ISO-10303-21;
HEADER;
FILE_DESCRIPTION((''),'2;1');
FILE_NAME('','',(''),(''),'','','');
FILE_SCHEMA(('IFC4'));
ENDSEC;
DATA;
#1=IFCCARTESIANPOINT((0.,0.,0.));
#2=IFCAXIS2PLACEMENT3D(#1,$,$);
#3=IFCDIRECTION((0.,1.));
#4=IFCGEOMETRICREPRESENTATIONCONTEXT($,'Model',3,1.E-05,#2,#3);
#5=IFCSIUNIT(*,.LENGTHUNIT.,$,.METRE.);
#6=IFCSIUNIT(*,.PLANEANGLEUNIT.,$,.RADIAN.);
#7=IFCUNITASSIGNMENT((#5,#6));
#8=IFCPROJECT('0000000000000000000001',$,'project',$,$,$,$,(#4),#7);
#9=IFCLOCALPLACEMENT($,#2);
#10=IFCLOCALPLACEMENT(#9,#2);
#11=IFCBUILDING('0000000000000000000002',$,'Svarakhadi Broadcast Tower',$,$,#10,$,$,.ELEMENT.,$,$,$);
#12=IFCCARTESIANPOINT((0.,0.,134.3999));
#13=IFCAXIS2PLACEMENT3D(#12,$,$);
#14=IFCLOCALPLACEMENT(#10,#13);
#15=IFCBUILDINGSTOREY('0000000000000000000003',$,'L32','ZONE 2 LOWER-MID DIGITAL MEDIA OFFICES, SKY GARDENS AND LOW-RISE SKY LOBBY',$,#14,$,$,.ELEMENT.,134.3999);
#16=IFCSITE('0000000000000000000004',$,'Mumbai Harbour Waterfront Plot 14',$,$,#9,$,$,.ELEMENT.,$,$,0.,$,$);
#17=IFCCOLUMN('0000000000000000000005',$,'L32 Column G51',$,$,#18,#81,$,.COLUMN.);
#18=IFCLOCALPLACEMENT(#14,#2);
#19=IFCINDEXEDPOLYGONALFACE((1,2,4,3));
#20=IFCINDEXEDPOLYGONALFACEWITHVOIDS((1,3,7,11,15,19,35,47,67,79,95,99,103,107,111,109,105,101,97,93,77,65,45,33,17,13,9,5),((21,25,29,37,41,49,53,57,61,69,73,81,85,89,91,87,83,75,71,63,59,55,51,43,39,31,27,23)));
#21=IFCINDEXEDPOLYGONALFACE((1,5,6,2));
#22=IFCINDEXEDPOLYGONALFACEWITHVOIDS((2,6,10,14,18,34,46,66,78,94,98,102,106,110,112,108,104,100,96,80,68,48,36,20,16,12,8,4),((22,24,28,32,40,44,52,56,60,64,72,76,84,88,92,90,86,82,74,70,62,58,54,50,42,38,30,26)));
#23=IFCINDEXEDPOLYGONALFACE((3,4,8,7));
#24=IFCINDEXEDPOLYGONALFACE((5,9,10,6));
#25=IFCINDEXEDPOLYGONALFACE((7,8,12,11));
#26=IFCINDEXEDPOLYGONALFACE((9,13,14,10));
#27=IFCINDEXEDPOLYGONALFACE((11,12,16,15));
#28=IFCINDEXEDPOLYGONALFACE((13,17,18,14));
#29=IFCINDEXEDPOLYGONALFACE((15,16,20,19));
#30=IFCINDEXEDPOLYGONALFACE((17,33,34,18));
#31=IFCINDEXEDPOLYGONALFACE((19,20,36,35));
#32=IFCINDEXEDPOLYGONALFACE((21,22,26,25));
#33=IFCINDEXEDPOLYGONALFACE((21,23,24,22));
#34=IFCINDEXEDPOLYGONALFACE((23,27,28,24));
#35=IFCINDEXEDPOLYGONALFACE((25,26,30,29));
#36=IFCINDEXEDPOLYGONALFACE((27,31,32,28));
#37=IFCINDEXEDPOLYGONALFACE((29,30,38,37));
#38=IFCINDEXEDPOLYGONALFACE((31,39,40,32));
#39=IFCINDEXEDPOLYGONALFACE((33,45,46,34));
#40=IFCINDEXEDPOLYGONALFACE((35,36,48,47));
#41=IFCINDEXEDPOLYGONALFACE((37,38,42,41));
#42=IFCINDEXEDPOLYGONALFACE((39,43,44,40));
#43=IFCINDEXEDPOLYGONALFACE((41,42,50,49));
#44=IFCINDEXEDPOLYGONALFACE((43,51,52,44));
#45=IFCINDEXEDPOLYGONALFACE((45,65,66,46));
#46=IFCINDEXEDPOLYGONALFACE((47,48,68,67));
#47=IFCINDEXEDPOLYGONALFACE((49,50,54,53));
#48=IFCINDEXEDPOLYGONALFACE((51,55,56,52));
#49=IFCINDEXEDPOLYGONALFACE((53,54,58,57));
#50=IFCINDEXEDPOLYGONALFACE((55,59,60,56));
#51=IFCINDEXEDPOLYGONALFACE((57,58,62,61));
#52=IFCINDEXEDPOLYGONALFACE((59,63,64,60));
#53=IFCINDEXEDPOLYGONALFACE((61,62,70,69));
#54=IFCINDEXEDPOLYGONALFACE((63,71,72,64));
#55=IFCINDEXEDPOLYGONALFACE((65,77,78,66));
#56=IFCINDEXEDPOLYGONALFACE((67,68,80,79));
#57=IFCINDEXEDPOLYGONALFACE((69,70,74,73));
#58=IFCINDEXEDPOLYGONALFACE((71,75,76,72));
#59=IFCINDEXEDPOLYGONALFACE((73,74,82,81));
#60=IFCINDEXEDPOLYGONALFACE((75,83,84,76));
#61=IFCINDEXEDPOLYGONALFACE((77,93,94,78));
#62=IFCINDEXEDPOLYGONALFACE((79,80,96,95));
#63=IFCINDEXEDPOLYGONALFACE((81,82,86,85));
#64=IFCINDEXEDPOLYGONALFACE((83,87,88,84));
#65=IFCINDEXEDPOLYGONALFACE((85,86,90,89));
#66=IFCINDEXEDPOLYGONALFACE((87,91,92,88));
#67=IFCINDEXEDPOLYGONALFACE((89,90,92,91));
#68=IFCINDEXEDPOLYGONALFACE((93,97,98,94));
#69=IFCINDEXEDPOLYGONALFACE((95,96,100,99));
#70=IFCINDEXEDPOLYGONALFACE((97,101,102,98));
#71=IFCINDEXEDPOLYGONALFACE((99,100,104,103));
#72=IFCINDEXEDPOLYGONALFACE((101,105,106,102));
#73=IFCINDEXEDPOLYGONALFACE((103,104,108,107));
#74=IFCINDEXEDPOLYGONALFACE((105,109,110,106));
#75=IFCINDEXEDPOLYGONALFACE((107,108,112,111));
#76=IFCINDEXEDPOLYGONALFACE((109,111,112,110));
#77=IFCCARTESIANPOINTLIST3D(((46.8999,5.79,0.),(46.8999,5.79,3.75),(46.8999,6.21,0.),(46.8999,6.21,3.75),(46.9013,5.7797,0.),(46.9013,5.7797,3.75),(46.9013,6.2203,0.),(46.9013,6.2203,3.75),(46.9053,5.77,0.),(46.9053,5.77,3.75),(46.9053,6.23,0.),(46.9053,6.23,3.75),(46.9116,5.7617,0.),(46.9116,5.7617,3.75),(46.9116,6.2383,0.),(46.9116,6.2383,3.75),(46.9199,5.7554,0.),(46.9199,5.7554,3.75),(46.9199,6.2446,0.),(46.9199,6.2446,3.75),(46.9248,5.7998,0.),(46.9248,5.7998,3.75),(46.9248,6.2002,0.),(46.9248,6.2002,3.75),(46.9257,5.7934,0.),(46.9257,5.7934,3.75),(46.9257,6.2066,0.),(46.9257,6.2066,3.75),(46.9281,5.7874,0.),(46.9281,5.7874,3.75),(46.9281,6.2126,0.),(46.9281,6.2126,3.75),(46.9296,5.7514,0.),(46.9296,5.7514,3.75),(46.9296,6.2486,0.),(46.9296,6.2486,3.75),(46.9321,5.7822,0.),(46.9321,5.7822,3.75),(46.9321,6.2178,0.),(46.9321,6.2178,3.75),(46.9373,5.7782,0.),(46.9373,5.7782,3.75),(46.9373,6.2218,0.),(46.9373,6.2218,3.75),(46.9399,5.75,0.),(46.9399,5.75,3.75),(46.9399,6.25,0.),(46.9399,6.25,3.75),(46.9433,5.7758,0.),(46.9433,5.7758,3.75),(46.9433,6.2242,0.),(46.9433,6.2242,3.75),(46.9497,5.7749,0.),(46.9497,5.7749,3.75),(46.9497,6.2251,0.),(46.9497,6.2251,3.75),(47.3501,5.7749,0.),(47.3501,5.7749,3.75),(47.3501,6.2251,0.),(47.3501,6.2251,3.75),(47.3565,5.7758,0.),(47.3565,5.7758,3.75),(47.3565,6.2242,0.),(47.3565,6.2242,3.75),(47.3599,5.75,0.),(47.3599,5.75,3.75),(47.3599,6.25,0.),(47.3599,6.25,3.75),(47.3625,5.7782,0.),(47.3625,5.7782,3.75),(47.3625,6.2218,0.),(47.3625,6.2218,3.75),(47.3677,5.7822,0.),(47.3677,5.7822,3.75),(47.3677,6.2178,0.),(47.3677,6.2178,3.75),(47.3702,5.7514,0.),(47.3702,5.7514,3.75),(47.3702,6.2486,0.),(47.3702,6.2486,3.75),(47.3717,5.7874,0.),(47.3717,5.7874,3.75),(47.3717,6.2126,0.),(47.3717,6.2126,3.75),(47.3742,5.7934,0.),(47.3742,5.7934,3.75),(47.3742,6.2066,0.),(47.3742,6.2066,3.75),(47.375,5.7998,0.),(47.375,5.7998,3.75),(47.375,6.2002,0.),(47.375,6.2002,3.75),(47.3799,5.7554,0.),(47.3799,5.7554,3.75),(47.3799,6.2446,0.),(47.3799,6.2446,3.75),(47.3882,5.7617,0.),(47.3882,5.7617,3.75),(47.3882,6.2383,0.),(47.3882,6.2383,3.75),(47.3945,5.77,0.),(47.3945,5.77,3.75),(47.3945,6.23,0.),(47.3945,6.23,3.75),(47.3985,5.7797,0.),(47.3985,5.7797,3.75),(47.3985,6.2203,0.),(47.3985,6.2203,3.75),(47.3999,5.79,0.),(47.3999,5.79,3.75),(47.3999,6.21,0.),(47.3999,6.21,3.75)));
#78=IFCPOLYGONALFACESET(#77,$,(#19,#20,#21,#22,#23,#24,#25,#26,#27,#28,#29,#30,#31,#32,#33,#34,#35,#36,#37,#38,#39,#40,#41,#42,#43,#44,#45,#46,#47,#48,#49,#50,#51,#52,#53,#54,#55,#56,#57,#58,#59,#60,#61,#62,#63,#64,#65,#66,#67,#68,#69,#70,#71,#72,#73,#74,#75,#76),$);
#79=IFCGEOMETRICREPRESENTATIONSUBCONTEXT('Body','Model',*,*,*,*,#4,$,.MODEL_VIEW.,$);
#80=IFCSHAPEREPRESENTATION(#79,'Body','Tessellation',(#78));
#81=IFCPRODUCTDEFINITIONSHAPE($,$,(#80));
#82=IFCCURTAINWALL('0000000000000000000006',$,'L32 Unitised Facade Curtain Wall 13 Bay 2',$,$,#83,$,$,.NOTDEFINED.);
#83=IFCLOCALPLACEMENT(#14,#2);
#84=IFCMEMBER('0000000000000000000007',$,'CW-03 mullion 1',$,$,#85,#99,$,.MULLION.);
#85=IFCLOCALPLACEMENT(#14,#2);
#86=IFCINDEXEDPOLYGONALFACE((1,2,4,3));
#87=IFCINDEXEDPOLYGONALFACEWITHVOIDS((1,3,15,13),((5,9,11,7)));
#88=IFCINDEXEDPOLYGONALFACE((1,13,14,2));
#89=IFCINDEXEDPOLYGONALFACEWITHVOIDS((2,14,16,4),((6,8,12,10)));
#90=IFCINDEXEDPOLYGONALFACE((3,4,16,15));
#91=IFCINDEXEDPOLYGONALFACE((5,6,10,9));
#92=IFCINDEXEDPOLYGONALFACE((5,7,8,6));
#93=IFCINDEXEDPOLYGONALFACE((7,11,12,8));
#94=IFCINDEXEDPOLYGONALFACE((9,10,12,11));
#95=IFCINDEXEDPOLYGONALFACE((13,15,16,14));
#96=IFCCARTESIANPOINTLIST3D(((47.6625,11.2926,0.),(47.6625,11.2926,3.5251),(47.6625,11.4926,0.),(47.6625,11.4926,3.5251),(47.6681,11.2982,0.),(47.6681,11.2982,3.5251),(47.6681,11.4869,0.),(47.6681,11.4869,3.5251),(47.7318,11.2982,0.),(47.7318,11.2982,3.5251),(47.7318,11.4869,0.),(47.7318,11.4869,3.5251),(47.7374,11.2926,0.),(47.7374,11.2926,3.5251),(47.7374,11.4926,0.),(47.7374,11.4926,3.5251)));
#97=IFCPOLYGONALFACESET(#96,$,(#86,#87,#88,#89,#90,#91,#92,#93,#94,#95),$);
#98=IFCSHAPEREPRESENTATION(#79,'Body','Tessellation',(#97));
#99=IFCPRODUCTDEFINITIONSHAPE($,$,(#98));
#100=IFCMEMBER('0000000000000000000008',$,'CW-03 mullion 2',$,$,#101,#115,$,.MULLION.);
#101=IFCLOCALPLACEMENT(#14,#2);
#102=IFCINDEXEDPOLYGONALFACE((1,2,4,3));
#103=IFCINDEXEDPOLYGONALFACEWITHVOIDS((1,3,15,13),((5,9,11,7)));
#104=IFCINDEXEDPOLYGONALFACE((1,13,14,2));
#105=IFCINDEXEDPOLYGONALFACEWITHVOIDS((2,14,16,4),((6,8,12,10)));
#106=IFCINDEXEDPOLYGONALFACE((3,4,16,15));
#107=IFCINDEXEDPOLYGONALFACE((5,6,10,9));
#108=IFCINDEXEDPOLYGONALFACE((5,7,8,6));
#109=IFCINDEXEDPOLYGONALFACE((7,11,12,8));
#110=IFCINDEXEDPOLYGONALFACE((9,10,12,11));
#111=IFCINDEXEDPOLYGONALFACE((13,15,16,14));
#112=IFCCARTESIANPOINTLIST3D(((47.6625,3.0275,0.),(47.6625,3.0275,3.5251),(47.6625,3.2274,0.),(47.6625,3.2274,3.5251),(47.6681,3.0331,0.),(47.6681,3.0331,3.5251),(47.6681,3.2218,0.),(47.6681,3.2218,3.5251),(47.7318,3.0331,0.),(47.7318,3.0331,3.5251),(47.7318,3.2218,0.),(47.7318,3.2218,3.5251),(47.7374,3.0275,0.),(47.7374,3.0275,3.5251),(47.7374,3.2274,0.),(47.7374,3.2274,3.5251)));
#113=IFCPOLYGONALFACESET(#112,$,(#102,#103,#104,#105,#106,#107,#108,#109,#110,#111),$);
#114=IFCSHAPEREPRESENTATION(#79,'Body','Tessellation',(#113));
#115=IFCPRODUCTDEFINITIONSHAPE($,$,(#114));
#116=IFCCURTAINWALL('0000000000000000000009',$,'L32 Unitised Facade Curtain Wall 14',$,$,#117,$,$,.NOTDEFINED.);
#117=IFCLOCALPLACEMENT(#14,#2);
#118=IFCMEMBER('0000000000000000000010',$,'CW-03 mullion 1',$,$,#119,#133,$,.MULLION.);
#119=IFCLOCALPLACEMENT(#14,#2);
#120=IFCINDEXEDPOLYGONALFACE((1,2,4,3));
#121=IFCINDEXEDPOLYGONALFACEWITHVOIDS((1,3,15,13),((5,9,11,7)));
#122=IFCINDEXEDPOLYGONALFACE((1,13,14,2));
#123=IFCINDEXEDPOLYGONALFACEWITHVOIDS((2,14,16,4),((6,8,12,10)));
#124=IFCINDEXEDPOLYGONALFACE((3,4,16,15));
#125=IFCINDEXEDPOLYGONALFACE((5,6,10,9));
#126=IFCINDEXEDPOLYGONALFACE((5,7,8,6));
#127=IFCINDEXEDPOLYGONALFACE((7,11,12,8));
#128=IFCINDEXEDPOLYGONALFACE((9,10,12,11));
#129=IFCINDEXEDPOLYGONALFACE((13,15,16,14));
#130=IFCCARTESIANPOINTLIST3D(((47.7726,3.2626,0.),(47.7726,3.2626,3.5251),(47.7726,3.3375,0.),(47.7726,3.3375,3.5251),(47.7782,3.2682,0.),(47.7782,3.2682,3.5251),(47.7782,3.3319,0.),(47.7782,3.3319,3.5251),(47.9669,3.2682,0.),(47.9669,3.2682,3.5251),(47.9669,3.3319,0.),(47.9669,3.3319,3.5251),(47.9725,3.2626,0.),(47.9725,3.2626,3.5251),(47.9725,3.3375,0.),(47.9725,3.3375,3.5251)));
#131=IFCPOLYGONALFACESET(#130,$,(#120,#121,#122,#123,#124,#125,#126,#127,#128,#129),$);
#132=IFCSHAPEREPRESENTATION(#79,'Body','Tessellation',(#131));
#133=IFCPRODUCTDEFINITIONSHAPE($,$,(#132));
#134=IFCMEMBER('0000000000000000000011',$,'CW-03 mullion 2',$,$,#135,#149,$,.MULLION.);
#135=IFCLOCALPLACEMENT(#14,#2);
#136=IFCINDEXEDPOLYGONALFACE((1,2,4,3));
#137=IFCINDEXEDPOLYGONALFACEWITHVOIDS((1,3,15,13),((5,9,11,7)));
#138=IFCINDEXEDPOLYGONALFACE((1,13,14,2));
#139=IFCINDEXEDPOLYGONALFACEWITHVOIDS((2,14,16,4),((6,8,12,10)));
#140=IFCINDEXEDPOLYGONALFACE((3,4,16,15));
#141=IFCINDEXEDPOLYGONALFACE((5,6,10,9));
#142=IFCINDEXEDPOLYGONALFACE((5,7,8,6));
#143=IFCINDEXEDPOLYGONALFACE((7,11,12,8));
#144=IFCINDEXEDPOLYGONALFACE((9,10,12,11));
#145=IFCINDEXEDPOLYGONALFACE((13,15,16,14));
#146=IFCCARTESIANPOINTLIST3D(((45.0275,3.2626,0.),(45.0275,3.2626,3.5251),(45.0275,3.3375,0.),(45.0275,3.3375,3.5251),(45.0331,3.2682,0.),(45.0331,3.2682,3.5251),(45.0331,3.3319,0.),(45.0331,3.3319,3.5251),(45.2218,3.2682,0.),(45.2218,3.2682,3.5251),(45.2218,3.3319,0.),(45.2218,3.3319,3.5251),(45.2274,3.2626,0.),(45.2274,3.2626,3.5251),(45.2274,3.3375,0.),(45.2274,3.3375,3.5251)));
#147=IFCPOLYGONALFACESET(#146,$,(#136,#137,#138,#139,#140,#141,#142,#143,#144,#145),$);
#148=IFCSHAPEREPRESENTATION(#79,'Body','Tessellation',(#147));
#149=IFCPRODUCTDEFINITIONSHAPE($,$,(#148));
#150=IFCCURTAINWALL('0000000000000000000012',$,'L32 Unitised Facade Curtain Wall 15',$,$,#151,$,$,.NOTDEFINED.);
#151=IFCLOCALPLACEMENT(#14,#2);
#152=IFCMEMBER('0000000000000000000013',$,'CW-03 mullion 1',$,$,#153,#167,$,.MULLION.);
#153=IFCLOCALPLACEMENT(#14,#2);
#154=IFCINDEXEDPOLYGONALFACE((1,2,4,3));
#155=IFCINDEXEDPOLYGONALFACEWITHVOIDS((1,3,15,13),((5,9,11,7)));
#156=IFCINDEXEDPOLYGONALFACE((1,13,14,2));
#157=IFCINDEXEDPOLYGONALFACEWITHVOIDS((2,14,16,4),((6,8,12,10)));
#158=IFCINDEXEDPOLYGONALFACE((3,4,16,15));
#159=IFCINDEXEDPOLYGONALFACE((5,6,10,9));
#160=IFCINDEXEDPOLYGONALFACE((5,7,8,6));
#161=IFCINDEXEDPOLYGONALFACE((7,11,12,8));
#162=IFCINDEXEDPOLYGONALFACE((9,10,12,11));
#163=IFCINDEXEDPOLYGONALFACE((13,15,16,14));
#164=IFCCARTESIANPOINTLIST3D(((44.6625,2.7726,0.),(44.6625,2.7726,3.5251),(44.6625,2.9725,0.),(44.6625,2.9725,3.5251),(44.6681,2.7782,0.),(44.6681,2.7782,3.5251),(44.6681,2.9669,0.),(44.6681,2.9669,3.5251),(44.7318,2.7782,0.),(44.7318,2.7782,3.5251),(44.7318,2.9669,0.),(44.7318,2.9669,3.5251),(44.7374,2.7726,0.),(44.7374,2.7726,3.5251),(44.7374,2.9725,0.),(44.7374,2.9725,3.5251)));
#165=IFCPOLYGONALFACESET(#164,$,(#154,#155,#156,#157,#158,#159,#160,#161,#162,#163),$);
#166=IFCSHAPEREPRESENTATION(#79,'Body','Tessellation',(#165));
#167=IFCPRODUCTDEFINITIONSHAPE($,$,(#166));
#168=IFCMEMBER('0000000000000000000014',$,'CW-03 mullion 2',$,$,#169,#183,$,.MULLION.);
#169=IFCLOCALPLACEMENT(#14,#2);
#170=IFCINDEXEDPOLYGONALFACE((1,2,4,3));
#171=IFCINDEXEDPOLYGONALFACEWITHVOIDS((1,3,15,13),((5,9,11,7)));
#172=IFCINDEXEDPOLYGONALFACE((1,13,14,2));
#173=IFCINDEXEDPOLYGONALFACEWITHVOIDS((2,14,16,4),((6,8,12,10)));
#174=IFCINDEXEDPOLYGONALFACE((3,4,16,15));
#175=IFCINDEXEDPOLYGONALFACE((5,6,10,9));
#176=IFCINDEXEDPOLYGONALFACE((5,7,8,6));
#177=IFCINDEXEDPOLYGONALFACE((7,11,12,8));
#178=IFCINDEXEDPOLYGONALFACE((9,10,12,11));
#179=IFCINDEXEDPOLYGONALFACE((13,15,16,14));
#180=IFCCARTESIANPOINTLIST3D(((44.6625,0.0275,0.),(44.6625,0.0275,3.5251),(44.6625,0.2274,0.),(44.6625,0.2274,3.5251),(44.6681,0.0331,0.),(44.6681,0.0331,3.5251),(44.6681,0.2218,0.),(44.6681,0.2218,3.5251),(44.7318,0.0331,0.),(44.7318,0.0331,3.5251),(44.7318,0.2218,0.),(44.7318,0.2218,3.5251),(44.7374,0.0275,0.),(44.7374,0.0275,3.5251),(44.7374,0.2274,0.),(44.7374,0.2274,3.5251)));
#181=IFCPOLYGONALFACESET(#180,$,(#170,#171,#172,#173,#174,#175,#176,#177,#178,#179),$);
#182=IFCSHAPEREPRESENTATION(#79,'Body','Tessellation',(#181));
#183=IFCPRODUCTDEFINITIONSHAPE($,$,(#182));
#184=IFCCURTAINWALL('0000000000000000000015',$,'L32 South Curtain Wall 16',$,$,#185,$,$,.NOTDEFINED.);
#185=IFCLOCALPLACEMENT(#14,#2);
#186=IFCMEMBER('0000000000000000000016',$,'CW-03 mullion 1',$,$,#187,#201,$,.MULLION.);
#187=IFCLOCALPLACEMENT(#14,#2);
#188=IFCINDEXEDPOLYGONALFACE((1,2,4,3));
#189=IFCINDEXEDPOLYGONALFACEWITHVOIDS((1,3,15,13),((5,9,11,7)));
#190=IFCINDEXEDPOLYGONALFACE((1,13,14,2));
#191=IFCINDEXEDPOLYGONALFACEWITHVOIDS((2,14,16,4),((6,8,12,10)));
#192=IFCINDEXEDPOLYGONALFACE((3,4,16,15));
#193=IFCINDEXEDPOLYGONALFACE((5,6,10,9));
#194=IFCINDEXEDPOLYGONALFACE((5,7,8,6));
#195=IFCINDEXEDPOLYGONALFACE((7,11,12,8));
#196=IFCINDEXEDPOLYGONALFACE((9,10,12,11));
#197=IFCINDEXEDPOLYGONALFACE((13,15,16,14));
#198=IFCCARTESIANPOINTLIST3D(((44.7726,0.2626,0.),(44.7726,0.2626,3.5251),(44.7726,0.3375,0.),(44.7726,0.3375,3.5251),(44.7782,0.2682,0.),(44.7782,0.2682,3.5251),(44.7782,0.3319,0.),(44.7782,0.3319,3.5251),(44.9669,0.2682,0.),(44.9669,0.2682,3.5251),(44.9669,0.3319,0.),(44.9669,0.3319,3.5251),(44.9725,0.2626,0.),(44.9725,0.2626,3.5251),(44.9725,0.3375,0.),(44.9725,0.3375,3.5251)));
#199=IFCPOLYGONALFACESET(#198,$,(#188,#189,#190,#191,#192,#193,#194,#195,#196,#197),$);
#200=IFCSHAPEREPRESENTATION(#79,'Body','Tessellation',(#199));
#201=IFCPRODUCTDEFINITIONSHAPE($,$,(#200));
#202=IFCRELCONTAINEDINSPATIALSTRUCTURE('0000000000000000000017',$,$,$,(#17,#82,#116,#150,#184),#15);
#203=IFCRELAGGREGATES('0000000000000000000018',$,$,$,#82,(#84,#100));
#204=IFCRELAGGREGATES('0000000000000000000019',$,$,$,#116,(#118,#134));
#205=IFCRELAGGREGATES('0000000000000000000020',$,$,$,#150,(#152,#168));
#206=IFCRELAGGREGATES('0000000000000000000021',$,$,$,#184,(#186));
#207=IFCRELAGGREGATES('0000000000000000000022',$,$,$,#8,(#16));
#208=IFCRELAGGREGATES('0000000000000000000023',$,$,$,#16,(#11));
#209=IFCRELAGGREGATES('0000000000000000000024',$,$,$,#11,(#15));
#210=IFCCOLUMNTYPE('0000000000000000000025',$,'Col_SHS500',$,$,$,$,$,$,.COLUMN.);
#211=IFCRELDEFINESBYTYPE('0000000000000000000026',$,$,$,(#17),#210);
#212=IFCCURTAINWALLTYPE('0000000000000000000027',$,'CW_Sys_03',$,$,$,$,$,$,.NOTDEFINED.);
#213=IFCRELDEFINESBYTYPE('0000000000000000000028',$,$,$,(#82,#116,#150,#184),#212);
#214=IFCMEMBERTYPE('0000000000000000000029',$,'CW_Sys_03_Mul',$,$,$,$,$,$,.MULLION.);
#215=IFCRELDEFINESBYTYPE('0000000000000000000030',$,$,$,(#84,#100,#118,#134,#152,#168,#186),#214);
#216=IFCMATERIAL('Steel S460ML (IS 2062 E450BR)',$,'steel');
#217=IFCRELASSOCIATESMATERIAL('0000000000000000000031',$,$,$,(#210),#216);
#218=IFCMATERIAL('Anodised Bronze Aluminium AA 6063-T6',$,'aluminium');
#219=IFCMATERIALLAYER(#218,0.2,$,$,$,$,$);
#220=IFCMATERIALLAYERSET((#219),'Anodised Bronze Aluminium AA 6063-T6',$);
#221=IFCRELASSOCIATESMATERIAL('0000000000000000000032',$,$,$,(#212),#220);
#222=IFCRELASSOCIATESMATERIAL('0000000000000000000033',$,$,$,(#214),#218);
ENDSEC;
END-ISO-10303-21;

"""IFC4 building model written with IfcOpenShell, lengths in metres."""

from ifc_helpers import new_model, si_unit, direction, frame, origin, origin_2d, place, context, subcontext, project, spatial, hollow_rectangle, extrude, material, layer, layer_set, material_profile, profile_set, type_object, element, aggregate, save


model = new_model("IFC4")

# Units and contexts
model_context = context("Model", 3, precision=1e-05, world=origin(), true_north=direction((0.0, 1.0)))
body_context = subcontext(model_context, "Body", "Model", "MODEL_VIEW")
ifc_project = project(units=[si_unit("LENGTHUNIT", "METRE"), si_unit("PLANEANGLEUNIT", "RADIAN")], contexts=[model_context])

# Site, building, storey
site_placement = place(None, origin())
site = spatial("IfcSite", under=ifc_project, at=site_placement, Name="Mumbai Harbour Waterfront Plot 14", CompositionType="ELEMENT", RefElevation=0.0)
building_placement = place(site_placement, origin())
building = spatial("IfcBuilding", under=site, at=building_placement, Name="Svarakhadi Broadcast Tower", CompositionType="ELEMENT")
storey_placement = place(building_placement, frame((0.0, 0.0, 134.3999)))
storey = spatial("IfcBuildingStorey", under=building, at=storey_placement, Name="L32", Description="ZONE 2 LOWER-MID DIGITAL MEDIA OFFICES, SKY GARDENS AND LOW-RISE SKY LOBBY", CompositionType="ELEMENT", Elevation=134.3999)

# Column
ifc_material_1 = material(Name="Steel S460ML (IS 2062 E450BR)", Category="steel")
ifc_material_profile_1 = material_profile(ifc_material_1, hollow_rectangle(XDim=0.5, YDim=0.5, WallThickness=0.0249, InnerFilletRadius=0.0249, OuterFilletRadius=0.04, at=origin_2d()), Name="SHS 500x500x25")
ifc_profile_set_1 = profile_set([ifc_material_profile_1], Name="Steel S460ML (IS 2062 E450BR)")
column_type = type_object("IfcColumnType", Name="Col_SHS500", PredefinedType="COLUMN", material=ifc_profile_set_1)
column_placement = place(storey_placement, frame((47.1499, 6.0, 0.0), z_axis=(0.0, 0.0, 1.0), x_axis=(1.0, 0.0, 0.0)))
element("IfcColumn", 1, at=column_placement, inside=storey, type_object=column_type, Name="L32 Column G51", PredefinedType="COLUMN", context=body_context, shape_type="SweptSolid", body=[
    extrude(hollow_rectangle(XDim=0.5, YDim=0.5, WallThickness=0.0249, InnerFilletRadius=0.0249, OuterFilletRadius=0.04, at=origin_2d()), origin(), (0.0, 0.0, 1.0), 3.75),
])

# Curtain walls, members
ifc_material_2 = material(Name="Anodised Bronze Aluminium AA 6063-T6", Category="aluminium")
ifc_layer_1 = layer(ifc_material_2, 0.2)
ifc_layer_set_1 = layer_set([ifc_layer_1], Name="Anodised Bronze Aluminium AA 6063-T6")
curtain_wall_type = type_object("IfcCurtainWallType", Name="CW_Sys_03", PredefinedType="NOTDEFINED", material=ifc_layer_set_1)
curtain_wall_1_placement = place(storey_placement, origin())
curtain_wall_1 = element("IfcCurtainWall", 2, at=curtain_wall_1_placement, inside=storey, type_object=curtain_wall_type, Name="L32 Unitised Facade Curtain Wall 13 Bay 2", PredefinedType="NOTDEFINED")
ifc_material_profile_2 = material_profile(ifc_material_2, hollow_rectangle(XDim=0.075, YDim=0.2, WallThickness=0.0056, at=origin_2d()), Name="ALU MULLION 200x75x6")
ifc_profile_set_2 = profile_set([ifc_material_profile_2], Name="Anodised Bronze Aluminium AA 6063-T6")
member_type_1 = type_object("IfcMemberType", Name="CW_Sys_03_Mul", PredefinedType="MULLION", material=ifc_profile_set_2)
member_1_placement = place(storey_placement, frame((47.7, 11.3926, 0.0), z_axis=(0.0, 0.0, 1.0), x_axis=(1.0, 0.0, 0.0)))
member_1 = element("IfcMember", 3, at=member_1_placement, type_object=member_type_1, Name="CW-03 mullion 1", PredefinedType="MULLION", context=body_context, shape_type="SweptSolid", body=[
    extrude(hollow_rectangle(XDim=0.075, YDim=0.2, WallThickness=0.0056, at=origin_2d()), origin(), (0.0, 0.0, 1.0), 3.5251),
])
member_2_placement = place(storey_placement, frame((47.7, 3.1274, 0.0), z_axis=(0.0, 0.0, 1.0), x_axis=(1.0, 0.0, 0.0)))
member_2 = element("IfcMember", 4, at=member_2_placement, type_object=member_type_1, Name="CW-03 mullion 2", PredefinedType="MULLION", context=body_context, shape_type="SweptSolid", body=[
    extrude(hollow_rectangle(XDim=0.075, YDim=0.2, WallThickness=0.0056, at=origin_2d()), origin(), (0.0, 0.0, 1.0), 3.5251),
])
curtain_wall_2_placement = place(storey_placement, origin())
curtain_wall_2 = element("IfcCurtainWall", 5, at=curtain_wall_2_placement, inside=storey, type_object=curtain_wall_type, Name="L32 Unitised Facade Curtain Wall 14", PredefinedType="NOTDEFINED")
member_3_placement = place(storey_placement, frame((47.8726, 3.3, 0.0), z_axis=(0.0, 0.0, 1.0), x_axis=(0.0, -1.0, 0.0)))
member_3 = element("IfcMember", 6, at=member_3_placement, type_object=member_type_1, Name="CW-03 mullion 1", PredefinedType="MULLION", context=body_context, shape_type="SweptSolid", body=[
    extrude(hollow_rectangle(XDim=0.075, YDim=0.2, WallThickness=0.0056, at=origin_2d()), origin(), (0.0, 0.0, 1.0), 3.5251),
])
member_4_placement = place(storey_placement, frame((45.1274, 3.3, 0.0), z_axis=(0.0, 0.0, 1.0), x_axis=(0.0, -1.0, 0.0)))
member_4 = element("IfcMember", 7, at=member_4_placement, type_object=member_type_1, Name="CW-03 mullion 2", PredefinedType="MULLION", context=body_context, shape_type="SweptSolid", body=[
    extrude(hollow_rectangle(XDim=0.075, YDim=0.2, WallThickness=0.0056, at=origin_2d()), origin(), (0.0, 0.0, 1.0), 3.5251),
])
curtain_wall_3_placement = place(storey_placement, origin())
curtain_wall_3 = element("IfcCurtainWall", 8, at=curtain_wall_3_placement, inside=storey, type_object=curtain_wall_type, Name="L32 Unitised Facade Curtain Wall 15", PredefinedType="NOTDEFINED")
member_5_placement = place(storey_placement, frame((44.7, 2.8726, 0.0), z_axis=(0.0, 0.0, 1.0), x_axis=(1.0, 0.0, 0.0)))
member_5 = element("IfcMember", 9, at=member_5_placement, type_object=member_type_1, Name="CW-03 mullion 1", PredefinedType="MULLION", context=body_context, shape_type="SweptSolid", body=[
    extrude(hollow_rectangle(XDim=0.075, YDim=0.2, WallThickness=0.0056, at=origin_2d()), origin(), (0.0, 0.0, 1.0), 3.5251),
])
member_6_placement = place(storey_placement, frame((44.7, 0.1274, 0.0), z_axis=(0.0, 0.0, 1.0), x_axis=(1.0, 0.0, 0.0)))
member_6 = element("IfcMember", 10, at=member_6_placement, type_object=member_type_1, Name="CW-03 mullion 2", PredefinedType="MULLION", context=body_context, shape_type="SweptSolid", body=[
    extrude(hollow_rectangle(XDim=0.075, YDim=0.2, WallThickness=0.0056, at=origin_2d()), origin(), (0.0, 0.0, 1.0), 3.5251),
])
curtain_wall_4_placement = place(storey_placement, origin())
curtain_wall_4 = element("IfcCurtainWall", 11, at=curtain_wall_4_placement, inside=storey, type_object=curtain_wall_type, Name="L32 South Curtain Wall 16", PredefinedType="NOTDEFINED")
member_7_placement = place(storey_placement, frame((44.8726, 0.3, 0.0), z_axis=(0.0, 0.0, 1.0), x_axis=(0.0, -1.0, 0.0)))
member_7 = element("IfcMember", 12, at=member_7_placement, type_object=member_type_1, Name="CW-03 mullion 1", PredefinedType="MULLION", context=body_context, shape_type="SweptSolid", body=[
    extrude(hollow_rectangle(XDim=0.075, YDim=0.2, WallThickness=0.0056, at=origin_2d()), origin(), (0.0, 0.0, 1.0), 3.5251),
])

aggregate(curtain_wall_1, [member_1, member_2])
aggregate(curtain_wall_2, [member_3, member_4])
aggregate(curtain_wall_3, [member_5, member_6])
aggregate(curtain_wall_4, [member_7])

save(model, "model.ifc")
